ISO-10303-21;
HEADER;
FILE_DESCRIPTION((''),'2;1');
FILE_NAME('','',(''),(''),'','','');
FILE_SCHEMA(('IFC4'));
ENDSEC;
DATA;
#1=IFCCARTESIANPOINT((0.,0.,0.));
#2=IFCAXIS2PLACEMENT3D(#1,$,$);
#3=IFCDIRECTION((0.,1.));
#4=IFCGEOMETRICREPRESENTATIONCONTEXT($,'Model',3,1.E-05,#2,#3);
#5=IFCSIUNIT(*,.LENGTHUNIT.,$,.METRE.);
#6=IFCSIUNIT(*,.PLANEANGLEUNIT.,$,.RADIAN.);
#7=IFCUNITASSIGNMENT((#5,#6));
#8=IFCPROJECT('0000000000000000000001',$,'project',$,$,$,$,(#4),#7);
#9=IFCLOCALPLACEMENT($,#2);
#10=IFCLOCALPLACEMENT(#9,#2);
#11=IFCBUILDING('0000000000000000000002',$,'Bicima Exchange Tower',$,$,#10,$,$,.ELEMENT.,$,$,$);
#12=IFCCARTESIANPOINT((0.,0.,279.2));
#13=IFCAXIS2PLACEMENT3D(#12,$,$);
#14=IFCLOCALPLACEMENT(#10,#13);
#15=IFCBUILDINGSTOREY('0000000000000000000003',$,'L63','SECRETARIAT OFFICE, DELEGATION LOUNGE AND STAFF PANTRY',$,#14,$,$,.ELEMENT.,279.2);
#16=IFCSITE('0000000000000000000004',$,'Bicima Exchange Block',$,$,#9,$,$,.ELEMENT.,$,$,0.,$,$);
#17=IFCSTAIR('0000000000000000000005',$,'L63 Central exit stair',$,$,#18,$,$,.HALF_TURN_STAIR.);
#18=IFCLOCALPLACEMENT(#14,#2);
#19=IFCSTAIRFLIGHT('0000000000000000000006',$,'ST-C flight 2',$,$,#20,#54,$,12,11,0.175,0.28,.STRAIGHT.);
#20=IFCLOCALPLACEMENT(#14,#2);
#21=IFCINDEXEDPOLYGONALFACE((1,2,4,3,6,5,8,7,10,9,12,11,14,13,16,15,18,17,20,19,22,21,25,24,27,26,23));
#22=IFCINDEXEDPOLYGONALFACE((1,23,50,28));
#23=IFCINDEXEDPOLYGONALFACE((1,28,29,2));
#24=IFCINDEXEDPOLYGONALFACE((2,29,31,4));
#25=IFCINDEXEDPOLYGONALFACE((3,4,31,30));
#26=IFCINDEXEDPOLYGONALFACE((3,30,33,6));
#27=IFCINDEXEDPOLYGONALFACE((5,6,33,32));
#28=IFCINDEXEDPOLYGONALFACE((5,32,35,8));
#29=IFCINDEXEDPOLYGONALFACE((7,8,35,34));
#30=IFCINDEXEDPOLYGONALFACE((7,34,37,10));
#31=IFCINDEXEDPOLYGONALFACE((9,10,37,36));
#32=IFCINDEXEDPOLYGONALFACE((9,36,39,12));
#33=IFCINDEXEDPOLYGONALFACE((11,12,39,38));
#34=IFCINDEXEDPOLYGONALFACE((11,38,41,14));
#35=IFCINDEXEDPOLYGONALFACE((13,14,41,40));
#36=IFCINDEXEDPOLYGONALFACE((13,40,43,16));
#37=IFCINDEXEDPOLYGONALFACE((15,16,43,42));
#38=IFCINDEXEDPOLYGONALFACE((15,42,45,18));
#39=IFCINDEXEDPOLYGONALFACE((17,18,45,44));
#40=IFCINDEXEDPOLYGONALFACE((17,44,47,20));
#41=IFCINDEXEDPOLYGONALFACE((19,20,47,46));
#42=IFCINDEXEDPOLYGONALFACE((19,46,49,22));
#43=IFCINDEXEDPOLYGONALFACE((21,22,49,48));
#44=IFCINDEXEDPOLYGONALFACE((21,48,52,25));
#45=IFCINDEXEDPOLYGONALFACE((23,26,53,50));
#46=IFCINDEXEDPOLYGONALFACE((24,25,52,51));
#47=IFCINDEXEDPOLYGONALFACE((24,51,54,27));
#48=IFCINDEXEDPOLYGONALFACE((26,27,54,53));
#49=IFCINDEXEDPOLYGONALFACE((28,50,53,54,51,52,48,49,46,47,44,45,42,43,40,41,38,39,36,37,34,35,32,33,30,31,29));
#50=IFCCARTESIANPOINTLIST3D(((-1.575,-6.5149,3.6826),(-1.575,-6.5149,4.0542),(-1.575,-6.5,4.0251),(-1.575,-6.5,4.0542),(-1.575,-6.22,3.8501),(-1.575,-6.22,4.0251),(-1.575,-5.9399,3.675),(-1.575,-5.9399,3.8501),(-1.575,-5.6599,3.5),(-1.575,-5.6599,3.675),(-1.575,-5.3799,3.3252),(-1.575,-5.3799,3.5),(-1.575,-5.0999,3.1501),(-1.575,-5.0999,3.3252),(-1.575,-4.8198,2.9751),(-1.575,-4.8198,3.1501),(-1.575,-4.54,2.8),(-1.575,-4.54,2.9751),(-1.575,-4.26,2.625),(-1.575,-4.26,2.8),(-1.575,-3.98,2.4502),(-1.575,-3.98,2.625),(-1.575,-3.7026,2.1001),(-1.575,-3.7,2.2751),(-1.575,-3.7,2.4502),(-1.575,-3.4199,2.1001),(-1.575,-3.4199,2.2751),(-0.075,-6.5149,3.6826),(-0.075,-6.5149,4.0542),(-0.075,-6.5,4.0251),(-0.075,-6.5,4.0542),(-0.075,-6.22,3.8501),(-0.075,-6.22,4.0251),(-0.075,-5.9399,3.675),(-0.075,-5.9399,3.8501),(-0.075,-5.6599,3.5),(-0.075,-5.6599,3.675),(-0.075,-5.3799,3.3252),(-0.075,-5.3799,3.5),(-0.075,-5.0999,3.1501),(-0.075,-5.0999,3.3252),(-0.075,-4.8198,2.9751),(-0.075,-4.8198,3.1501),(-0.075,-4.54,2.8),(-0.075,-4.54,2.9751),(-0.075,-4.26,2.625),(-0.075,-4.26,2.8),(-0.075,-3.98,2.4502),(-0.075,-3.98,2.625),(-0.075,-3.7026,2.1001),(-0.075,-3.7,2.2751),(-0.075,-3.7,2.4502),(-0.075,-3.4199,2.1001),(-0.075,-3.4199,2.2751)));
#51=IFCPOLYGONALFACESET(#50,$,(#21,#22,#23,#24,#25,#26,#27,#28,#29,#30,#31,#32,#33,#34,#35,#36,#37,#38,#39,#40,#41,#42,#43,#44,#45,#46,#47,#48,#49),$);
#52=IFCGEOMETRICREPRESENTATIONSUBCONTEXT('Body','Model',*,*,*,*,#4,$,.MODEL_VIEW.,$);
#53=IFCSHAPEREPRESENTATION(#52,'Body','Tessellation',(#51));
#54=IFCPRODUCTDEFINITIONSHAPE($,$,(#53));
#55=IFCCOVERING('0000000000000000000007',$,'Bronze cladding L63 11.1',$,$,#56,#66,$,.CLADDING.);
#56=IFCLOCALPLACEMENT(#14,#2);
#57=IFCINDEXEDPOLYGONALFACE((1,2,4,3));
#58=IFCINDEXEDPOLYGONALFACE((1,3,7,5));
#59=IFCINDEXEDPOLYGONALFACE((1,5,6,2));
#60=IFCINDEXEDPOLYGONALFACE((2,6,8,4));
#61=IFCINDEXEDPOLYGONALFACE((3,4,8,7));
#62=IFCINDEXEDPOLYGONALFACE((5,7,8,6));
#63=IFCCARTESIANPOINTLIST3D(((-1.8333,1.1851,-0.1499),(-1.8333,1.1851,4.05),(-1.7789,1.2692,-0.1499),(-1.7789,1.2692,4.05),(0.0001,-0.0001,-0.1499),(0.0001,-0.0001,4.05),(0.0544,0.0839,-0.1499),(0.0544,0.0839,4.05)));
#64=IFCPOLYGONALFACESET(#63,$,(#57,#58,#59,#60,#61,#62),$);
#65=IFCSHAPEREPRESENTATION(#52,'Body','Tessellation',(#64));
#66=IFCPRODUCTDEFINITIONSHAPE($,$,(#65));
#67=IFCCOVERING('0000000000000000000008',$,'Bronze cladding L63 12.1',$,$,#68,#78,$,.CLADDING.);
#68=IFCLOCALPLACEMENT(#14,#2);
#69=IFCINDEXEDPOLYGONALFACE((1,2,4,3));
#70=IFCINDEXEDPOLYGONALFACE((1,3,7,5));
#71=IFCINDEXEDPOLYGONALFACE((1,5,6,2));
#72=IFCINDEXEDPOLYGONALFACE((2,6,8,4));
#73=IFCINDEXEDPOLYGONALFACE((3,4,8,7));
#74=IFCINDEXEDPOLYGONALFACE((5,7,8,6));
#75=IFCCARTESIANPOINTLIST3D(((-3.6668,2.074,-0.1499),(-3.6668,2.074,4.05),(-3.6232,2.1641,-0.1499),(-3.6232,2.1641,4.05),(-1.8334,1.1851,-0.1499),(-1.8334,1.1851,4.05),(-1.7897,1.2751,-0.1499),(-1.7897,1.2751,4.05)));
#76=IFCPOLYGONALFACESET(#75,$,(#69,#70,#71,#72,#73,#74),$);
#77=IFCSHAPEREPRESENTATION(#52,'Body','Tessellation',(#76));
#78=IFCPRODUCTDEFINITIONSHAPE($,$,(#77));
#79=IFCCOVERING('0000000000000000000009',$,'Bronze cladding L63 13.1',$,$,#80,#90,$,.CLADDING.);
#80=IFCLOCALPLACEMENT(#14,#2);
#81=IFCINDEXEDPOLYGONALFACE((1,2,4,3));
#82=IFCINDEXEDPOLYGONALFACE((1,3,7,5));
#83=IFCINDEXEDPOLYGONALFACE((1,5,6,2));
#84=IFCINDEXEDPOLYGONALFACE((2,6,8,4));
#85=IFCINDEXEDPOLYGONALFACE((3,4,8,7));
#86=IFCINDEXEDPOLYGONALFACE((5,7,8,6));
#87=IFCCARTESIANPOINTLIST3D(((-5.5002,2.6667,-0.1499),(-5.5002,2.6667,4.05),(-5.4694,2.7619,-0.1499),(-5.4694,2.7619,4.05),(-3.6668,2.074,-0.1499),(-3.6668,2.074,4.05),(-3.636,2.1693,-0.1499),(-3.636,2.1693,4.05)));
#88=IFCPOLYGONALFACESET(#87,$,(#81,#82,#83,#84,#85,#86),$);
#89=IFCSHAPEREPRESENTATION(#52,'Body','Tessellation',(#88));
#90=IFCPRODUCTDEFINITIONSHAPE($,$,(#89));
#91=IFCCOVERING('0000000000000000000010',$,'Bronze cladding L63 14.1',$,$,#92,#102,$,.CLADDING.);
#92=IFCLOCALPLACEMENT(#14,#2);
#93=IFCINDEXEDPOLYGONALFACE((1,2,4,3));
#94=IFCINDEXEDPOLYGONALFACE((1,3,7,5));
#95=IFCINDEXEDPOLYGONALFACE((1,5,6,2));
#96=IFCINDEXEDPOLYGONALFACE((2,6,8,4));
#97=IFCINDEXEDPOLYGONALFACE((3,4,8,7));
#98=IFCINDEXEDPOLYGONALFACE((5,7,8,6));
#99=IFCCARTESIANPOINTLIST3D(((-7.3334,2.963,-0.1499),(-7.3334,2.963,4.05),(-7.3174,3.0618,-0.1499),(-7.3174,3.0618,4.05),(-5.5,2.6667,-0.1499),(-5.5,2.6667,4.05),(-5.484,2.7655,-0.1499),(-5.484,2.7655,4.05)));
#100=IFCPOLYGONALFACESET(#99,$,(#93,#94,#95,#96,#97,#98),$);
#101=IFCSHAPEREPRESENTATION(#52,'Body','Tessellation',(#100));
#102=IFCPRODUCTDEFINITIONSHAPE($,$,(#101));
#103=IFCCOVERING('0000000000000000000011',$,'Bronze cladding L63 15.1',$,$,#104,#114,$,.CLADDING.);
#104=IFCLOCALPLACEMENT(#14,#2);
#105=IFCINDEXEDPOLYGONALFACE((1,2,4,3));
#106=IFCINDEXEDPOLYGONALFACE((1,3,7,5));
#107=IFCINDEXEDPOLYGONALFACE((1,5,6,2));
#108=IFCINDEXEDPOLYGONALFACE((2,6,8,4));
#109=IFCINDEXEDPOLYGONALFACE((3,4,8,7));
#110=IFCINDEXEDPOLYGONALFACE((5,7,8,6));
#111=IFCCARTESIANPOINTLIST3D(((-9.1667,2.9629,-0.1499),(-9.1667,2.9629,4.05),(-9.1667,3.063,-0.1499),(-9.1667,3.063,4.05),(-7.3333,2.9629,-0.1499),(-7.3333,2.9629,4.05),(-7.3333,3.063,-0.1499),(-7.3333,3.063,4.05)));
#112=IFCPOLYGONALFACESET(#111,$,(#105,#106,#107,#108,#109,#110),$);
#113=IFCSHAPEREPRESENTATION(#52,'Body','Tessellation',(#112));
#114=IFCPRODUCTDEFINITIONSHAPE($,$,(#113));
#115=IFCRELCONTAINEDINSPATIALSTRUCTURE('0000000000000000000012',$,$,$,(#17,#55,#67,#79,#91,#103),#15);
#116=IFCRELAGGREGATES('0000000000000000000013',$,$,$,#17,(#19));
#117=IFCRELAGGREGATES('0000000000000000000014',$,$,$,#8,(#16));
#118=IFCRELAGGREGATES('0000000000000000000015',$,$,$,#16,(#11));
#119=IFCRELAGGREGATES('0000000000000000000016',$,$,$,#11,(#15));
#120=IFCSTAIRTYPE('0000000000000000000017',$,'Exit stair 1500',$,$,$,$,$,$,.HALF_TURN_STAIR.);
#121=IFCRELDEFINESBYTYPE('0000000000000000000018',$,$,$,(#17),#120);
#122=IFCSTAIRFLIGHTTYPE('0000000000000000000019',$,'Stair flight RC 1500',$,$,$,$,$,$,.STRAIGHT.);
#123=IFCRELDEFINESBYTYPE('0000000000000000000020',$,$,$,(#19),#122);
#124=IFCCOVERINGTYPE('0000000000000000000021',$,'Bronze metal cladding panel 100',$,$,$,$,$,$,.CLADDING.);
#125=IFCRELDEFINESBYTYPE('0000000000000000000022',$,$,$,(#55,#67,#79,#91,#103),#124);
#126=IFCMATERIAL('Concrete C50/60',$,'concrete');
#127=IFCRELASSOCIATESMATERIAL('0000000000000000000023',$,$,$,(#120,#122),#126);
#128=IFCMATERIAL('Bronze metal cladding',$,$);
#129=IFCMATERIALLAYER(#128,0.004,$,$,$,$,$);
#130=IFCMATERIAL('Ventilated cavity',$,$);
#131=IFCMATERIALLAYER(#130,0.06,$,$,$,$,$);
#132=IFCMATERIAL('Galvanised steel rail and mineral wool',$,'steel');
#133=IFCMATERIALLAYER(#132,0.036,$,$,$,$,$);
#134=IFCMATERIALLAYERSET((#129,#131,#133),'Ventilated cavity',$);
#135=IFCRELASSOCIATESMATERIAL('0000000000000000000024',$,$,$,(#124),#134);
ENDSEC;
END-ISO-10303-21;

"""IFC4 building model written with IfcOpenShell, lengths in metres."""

from ifc_helpers import new_model, si_unit, direction, frame, origin, origin_2d, place, context, subcontext, project, spatial, polyline, rectangle, outline, extrude, material, layer, layer_set, type_object, element, aggregate, save


model = new_model("IFC4")

# Units and contexts
model_context = context("Model", 3, precision=1e-05, world=origin(), true_north=direction((0.0, 1.0)))
body_context = subcontext(model_context, "Body", "Model", "MODEL_VIEW")
ifc_project = project(units=[si_unit("LENGTHUNIT", "METRE"), si_unit("PLANEANGLEUNIT", "RADIAN")], contexts=[model_context])

# Site, building, storey
site_placement = place(None, origin())
site = spatial("IfcSite", under=ifc_project, at=site_placement, Name="Bicima Exchange Block", CompositionType="ELEMENT", RefElevation=0.0)
building_placement = place(site_placement, origin())
building = spatial("IfcBuilding", under=site, at=building_placement, Name="Bicima Exchange Tower", CompositionType="ELEMENT")
storey_placement = place(building_placement, frame((0.0, 0.0, 279.2)))
storey = spatial("IfcBuildingStorey", under=building, at=storey_placement, Name="L63", Description="SECRETARIAT OFFICE, DELEGATION LOUNGE AND STAFF PANTRY", CompositionType="ELEMENT", Elevation=279.2)

# Stair
ifc_material_1 = material(Name="Concrete C50/60", Category="concrete")
stair_type_1 = type_object("IfcStairType", Name="Exit stair 1500", PredefinedType="HALF_TURN_STAIR", material=ifc_material_1)
stair_1_placement = place(storey_placement, origin())
stair_1 = element("IfcStair", 1, at=stair_1_placement, inside=storey, type_object=stair_type_1, Name="L63 Central exit stair", PredefinedType="HALF_TURN_STAIR")

# Stair flight
stair_flight_type = type_object("IfcStairFlightType", Name="Stair flight RC 1500", PredefinedType="STRAIGHT", material=ifc_material_1)
stair_flight_placement = place(storey_placement, frame((-0.825, -3.4199, 2.1001), z_axis=(0.0, 0.0, 1.0), x_axis=(0.0, -1.0, 0.0)))
stair_flight = element("IfcStairFlight", 2, at=stair_flight_placement, type_object=stair_flight_type, Name="ST-C flight 2", NumberOfRisers=12, NumberOfTreads=11, PredefinedType="STRAIGHT", RiserHeight=0.175, TreadLength=0.28, context=body_context, shape_type="SweptSolid", body=[
    extrude(outline(polyline([(0.0, 0.0), (0.0, 0.175), (0.28, 0.175), (0.28, 0.3501), (0.5601, 0.3501), (0.5601, 0.5249), (0.8401, 0.5249), (0.8401, 0.7), (1.1201, 0.7), (1.1201, 0.875), (1.3999, 0.875), (1.3999, 1.05), (1.6799, 1.05), (1.6799, 1.2251), (1.96, 1.2251), (1.96, 1.3999), (2.24, 1.3999), (2.24, 1.575), (2.52, 1.575), (2.52, 1.75), (2.8, 1.75), (2.8, 1.925), (3.0801, 1.925), (3.0801, 1.9541), (3.095, 1.9541), (3.095, 1.5825), (0.2827, 0.0), (0.0, 0.0)])), frame((0.0, 0.75, 0.0), z_axis=(0.0, -1.0, 0.0), x_axis=(1.0, 0.0, 0.0)), (0.0, 0.0, 1.0), 1.5),
])
aggregate(stair_1, [stair_flight])

# Coverings
ifc_material_2 = material(Name="Bronze metal cladding")
ifc_layer_1 = layer(ifc_material_2, 0.004)
ifc_material_3 = material(Name="Ventilated cavity")
ifc_layer_2 = layer(ifc_material_3, 0.06)
ifc_material_4 = material(Name="Galvanised steel rail and mineral wool", Category="steel")
ifc_layer_3 = layer(ifc_material_4, 0.036)
ifc_layer_set_1 = layer_set([ifc_layer_1, ifc_layer_2, ifc_layer_3], Name="Ventilated cavity")
covering_type = type_object("IfcCoveringType", Name="Bronze metal cladding panel 100", PredefinedType="CLADDING", material=ifc_layer_set_1)
covering_1_placement = place(storey_placement, frame((-0.8894, 0.6345, -0.1499), z_axis=(0.0, 0.0, 1.0), x_axis=(-0.83979, 0.542911, 0.0)))
element("IfcCovering", 3, at=covering_1_placement, inside=storey, type_object=covering_type, Name="Bronze cladding L63 11.1", PredefinedType="CLADDING", context=body_context, shape_type="SweptSolid", body=[
    extrude(rectangle(XDim=2.1831, YDim=0.1001, at=origin_2d()), origin(), (0.0, 0.0, 1.0), 4.2),
])
covering_2_placement = place(storey_placement, frame((-2.7283, 1.6746, -0.1499), z_axis=(0.0, 0.0, 1.0), x_axis=(-0.899818, 0.436265, 0.0)))
element("IfcCovering", 4, at=covering_2_placement, inside=storey, type_object=covering_type, Name="Bronze cladding L63 12.1", PredefinedType="CLADDING", context=body_context, shape_type="SweptSolid", body=[
    extrude(rectangle(XDim=2.0376, YDim=0.1001, at=origin_2d()), origin(), (0.0, 0.0, 1.0), 4.2),
])
covering_3_placement = place(storey_placement, frame((-4.5681, 2.418, -0.1499), z_axis=(0.0, 0.0, 1.0), x_axis=(-0.951525, 0.307573, 0.0)))
element("IfcCovering", 5, at=covering_3_placement, inside=storey, type_object=covering_type, Name="Bronze cladding L63 13.1", PredefinedType="CLADDING", context=body_context, shape_type="SweptSolid", body=[
    extrude(rectangle(XDim=1.9268, YDim=0.1001, at=origin_2d()), origin(), (0.0, 0.0, 1.0), 4.2),
])
covering_4_placement = place(storey_placement, frame((-6.4087, 2.8643, -0.1499), z_axis=(0.0, 0.0, 1.0), x_axis=(-0.98719, 0.15955, 0.0)))
element("IfcCovering", 6, at=covering_4_placement, inside=storey, type_object=covering_type, Name="Bronze cladding L63 14.1", PredefinedType="CLADDING", context=body_context, shape_type="SweptSolid", body=[
    extrude(rectangle(XDim=1.8572, YDim=0.1001, at=origin_2d()), origin(), (0.0, 0.0, 1.0), 4.2),
])
covering_5_placement = place(storey_placement, frame((-8.25, 3.0129, -0.1499), z_axis=(0.0, 0.0, 1.0), x_axis=(-1.0, 0.0, 0.0)))
element("IfcCovering", 7, at=covering_5_placement, inside=storey, type_object=covering_type, Name="Bronze cladding L63 15.1", PredefinedType="CLADDING", context=body_context, shape_type="SweptSolid", body=[
    extrude(rectangle(XDim=1.8335, YDim=0.1001, at=origin_2d()), origin(), (0.0, 0.0, 1.0), 4.2),
])

save(model, "model.ifc")
